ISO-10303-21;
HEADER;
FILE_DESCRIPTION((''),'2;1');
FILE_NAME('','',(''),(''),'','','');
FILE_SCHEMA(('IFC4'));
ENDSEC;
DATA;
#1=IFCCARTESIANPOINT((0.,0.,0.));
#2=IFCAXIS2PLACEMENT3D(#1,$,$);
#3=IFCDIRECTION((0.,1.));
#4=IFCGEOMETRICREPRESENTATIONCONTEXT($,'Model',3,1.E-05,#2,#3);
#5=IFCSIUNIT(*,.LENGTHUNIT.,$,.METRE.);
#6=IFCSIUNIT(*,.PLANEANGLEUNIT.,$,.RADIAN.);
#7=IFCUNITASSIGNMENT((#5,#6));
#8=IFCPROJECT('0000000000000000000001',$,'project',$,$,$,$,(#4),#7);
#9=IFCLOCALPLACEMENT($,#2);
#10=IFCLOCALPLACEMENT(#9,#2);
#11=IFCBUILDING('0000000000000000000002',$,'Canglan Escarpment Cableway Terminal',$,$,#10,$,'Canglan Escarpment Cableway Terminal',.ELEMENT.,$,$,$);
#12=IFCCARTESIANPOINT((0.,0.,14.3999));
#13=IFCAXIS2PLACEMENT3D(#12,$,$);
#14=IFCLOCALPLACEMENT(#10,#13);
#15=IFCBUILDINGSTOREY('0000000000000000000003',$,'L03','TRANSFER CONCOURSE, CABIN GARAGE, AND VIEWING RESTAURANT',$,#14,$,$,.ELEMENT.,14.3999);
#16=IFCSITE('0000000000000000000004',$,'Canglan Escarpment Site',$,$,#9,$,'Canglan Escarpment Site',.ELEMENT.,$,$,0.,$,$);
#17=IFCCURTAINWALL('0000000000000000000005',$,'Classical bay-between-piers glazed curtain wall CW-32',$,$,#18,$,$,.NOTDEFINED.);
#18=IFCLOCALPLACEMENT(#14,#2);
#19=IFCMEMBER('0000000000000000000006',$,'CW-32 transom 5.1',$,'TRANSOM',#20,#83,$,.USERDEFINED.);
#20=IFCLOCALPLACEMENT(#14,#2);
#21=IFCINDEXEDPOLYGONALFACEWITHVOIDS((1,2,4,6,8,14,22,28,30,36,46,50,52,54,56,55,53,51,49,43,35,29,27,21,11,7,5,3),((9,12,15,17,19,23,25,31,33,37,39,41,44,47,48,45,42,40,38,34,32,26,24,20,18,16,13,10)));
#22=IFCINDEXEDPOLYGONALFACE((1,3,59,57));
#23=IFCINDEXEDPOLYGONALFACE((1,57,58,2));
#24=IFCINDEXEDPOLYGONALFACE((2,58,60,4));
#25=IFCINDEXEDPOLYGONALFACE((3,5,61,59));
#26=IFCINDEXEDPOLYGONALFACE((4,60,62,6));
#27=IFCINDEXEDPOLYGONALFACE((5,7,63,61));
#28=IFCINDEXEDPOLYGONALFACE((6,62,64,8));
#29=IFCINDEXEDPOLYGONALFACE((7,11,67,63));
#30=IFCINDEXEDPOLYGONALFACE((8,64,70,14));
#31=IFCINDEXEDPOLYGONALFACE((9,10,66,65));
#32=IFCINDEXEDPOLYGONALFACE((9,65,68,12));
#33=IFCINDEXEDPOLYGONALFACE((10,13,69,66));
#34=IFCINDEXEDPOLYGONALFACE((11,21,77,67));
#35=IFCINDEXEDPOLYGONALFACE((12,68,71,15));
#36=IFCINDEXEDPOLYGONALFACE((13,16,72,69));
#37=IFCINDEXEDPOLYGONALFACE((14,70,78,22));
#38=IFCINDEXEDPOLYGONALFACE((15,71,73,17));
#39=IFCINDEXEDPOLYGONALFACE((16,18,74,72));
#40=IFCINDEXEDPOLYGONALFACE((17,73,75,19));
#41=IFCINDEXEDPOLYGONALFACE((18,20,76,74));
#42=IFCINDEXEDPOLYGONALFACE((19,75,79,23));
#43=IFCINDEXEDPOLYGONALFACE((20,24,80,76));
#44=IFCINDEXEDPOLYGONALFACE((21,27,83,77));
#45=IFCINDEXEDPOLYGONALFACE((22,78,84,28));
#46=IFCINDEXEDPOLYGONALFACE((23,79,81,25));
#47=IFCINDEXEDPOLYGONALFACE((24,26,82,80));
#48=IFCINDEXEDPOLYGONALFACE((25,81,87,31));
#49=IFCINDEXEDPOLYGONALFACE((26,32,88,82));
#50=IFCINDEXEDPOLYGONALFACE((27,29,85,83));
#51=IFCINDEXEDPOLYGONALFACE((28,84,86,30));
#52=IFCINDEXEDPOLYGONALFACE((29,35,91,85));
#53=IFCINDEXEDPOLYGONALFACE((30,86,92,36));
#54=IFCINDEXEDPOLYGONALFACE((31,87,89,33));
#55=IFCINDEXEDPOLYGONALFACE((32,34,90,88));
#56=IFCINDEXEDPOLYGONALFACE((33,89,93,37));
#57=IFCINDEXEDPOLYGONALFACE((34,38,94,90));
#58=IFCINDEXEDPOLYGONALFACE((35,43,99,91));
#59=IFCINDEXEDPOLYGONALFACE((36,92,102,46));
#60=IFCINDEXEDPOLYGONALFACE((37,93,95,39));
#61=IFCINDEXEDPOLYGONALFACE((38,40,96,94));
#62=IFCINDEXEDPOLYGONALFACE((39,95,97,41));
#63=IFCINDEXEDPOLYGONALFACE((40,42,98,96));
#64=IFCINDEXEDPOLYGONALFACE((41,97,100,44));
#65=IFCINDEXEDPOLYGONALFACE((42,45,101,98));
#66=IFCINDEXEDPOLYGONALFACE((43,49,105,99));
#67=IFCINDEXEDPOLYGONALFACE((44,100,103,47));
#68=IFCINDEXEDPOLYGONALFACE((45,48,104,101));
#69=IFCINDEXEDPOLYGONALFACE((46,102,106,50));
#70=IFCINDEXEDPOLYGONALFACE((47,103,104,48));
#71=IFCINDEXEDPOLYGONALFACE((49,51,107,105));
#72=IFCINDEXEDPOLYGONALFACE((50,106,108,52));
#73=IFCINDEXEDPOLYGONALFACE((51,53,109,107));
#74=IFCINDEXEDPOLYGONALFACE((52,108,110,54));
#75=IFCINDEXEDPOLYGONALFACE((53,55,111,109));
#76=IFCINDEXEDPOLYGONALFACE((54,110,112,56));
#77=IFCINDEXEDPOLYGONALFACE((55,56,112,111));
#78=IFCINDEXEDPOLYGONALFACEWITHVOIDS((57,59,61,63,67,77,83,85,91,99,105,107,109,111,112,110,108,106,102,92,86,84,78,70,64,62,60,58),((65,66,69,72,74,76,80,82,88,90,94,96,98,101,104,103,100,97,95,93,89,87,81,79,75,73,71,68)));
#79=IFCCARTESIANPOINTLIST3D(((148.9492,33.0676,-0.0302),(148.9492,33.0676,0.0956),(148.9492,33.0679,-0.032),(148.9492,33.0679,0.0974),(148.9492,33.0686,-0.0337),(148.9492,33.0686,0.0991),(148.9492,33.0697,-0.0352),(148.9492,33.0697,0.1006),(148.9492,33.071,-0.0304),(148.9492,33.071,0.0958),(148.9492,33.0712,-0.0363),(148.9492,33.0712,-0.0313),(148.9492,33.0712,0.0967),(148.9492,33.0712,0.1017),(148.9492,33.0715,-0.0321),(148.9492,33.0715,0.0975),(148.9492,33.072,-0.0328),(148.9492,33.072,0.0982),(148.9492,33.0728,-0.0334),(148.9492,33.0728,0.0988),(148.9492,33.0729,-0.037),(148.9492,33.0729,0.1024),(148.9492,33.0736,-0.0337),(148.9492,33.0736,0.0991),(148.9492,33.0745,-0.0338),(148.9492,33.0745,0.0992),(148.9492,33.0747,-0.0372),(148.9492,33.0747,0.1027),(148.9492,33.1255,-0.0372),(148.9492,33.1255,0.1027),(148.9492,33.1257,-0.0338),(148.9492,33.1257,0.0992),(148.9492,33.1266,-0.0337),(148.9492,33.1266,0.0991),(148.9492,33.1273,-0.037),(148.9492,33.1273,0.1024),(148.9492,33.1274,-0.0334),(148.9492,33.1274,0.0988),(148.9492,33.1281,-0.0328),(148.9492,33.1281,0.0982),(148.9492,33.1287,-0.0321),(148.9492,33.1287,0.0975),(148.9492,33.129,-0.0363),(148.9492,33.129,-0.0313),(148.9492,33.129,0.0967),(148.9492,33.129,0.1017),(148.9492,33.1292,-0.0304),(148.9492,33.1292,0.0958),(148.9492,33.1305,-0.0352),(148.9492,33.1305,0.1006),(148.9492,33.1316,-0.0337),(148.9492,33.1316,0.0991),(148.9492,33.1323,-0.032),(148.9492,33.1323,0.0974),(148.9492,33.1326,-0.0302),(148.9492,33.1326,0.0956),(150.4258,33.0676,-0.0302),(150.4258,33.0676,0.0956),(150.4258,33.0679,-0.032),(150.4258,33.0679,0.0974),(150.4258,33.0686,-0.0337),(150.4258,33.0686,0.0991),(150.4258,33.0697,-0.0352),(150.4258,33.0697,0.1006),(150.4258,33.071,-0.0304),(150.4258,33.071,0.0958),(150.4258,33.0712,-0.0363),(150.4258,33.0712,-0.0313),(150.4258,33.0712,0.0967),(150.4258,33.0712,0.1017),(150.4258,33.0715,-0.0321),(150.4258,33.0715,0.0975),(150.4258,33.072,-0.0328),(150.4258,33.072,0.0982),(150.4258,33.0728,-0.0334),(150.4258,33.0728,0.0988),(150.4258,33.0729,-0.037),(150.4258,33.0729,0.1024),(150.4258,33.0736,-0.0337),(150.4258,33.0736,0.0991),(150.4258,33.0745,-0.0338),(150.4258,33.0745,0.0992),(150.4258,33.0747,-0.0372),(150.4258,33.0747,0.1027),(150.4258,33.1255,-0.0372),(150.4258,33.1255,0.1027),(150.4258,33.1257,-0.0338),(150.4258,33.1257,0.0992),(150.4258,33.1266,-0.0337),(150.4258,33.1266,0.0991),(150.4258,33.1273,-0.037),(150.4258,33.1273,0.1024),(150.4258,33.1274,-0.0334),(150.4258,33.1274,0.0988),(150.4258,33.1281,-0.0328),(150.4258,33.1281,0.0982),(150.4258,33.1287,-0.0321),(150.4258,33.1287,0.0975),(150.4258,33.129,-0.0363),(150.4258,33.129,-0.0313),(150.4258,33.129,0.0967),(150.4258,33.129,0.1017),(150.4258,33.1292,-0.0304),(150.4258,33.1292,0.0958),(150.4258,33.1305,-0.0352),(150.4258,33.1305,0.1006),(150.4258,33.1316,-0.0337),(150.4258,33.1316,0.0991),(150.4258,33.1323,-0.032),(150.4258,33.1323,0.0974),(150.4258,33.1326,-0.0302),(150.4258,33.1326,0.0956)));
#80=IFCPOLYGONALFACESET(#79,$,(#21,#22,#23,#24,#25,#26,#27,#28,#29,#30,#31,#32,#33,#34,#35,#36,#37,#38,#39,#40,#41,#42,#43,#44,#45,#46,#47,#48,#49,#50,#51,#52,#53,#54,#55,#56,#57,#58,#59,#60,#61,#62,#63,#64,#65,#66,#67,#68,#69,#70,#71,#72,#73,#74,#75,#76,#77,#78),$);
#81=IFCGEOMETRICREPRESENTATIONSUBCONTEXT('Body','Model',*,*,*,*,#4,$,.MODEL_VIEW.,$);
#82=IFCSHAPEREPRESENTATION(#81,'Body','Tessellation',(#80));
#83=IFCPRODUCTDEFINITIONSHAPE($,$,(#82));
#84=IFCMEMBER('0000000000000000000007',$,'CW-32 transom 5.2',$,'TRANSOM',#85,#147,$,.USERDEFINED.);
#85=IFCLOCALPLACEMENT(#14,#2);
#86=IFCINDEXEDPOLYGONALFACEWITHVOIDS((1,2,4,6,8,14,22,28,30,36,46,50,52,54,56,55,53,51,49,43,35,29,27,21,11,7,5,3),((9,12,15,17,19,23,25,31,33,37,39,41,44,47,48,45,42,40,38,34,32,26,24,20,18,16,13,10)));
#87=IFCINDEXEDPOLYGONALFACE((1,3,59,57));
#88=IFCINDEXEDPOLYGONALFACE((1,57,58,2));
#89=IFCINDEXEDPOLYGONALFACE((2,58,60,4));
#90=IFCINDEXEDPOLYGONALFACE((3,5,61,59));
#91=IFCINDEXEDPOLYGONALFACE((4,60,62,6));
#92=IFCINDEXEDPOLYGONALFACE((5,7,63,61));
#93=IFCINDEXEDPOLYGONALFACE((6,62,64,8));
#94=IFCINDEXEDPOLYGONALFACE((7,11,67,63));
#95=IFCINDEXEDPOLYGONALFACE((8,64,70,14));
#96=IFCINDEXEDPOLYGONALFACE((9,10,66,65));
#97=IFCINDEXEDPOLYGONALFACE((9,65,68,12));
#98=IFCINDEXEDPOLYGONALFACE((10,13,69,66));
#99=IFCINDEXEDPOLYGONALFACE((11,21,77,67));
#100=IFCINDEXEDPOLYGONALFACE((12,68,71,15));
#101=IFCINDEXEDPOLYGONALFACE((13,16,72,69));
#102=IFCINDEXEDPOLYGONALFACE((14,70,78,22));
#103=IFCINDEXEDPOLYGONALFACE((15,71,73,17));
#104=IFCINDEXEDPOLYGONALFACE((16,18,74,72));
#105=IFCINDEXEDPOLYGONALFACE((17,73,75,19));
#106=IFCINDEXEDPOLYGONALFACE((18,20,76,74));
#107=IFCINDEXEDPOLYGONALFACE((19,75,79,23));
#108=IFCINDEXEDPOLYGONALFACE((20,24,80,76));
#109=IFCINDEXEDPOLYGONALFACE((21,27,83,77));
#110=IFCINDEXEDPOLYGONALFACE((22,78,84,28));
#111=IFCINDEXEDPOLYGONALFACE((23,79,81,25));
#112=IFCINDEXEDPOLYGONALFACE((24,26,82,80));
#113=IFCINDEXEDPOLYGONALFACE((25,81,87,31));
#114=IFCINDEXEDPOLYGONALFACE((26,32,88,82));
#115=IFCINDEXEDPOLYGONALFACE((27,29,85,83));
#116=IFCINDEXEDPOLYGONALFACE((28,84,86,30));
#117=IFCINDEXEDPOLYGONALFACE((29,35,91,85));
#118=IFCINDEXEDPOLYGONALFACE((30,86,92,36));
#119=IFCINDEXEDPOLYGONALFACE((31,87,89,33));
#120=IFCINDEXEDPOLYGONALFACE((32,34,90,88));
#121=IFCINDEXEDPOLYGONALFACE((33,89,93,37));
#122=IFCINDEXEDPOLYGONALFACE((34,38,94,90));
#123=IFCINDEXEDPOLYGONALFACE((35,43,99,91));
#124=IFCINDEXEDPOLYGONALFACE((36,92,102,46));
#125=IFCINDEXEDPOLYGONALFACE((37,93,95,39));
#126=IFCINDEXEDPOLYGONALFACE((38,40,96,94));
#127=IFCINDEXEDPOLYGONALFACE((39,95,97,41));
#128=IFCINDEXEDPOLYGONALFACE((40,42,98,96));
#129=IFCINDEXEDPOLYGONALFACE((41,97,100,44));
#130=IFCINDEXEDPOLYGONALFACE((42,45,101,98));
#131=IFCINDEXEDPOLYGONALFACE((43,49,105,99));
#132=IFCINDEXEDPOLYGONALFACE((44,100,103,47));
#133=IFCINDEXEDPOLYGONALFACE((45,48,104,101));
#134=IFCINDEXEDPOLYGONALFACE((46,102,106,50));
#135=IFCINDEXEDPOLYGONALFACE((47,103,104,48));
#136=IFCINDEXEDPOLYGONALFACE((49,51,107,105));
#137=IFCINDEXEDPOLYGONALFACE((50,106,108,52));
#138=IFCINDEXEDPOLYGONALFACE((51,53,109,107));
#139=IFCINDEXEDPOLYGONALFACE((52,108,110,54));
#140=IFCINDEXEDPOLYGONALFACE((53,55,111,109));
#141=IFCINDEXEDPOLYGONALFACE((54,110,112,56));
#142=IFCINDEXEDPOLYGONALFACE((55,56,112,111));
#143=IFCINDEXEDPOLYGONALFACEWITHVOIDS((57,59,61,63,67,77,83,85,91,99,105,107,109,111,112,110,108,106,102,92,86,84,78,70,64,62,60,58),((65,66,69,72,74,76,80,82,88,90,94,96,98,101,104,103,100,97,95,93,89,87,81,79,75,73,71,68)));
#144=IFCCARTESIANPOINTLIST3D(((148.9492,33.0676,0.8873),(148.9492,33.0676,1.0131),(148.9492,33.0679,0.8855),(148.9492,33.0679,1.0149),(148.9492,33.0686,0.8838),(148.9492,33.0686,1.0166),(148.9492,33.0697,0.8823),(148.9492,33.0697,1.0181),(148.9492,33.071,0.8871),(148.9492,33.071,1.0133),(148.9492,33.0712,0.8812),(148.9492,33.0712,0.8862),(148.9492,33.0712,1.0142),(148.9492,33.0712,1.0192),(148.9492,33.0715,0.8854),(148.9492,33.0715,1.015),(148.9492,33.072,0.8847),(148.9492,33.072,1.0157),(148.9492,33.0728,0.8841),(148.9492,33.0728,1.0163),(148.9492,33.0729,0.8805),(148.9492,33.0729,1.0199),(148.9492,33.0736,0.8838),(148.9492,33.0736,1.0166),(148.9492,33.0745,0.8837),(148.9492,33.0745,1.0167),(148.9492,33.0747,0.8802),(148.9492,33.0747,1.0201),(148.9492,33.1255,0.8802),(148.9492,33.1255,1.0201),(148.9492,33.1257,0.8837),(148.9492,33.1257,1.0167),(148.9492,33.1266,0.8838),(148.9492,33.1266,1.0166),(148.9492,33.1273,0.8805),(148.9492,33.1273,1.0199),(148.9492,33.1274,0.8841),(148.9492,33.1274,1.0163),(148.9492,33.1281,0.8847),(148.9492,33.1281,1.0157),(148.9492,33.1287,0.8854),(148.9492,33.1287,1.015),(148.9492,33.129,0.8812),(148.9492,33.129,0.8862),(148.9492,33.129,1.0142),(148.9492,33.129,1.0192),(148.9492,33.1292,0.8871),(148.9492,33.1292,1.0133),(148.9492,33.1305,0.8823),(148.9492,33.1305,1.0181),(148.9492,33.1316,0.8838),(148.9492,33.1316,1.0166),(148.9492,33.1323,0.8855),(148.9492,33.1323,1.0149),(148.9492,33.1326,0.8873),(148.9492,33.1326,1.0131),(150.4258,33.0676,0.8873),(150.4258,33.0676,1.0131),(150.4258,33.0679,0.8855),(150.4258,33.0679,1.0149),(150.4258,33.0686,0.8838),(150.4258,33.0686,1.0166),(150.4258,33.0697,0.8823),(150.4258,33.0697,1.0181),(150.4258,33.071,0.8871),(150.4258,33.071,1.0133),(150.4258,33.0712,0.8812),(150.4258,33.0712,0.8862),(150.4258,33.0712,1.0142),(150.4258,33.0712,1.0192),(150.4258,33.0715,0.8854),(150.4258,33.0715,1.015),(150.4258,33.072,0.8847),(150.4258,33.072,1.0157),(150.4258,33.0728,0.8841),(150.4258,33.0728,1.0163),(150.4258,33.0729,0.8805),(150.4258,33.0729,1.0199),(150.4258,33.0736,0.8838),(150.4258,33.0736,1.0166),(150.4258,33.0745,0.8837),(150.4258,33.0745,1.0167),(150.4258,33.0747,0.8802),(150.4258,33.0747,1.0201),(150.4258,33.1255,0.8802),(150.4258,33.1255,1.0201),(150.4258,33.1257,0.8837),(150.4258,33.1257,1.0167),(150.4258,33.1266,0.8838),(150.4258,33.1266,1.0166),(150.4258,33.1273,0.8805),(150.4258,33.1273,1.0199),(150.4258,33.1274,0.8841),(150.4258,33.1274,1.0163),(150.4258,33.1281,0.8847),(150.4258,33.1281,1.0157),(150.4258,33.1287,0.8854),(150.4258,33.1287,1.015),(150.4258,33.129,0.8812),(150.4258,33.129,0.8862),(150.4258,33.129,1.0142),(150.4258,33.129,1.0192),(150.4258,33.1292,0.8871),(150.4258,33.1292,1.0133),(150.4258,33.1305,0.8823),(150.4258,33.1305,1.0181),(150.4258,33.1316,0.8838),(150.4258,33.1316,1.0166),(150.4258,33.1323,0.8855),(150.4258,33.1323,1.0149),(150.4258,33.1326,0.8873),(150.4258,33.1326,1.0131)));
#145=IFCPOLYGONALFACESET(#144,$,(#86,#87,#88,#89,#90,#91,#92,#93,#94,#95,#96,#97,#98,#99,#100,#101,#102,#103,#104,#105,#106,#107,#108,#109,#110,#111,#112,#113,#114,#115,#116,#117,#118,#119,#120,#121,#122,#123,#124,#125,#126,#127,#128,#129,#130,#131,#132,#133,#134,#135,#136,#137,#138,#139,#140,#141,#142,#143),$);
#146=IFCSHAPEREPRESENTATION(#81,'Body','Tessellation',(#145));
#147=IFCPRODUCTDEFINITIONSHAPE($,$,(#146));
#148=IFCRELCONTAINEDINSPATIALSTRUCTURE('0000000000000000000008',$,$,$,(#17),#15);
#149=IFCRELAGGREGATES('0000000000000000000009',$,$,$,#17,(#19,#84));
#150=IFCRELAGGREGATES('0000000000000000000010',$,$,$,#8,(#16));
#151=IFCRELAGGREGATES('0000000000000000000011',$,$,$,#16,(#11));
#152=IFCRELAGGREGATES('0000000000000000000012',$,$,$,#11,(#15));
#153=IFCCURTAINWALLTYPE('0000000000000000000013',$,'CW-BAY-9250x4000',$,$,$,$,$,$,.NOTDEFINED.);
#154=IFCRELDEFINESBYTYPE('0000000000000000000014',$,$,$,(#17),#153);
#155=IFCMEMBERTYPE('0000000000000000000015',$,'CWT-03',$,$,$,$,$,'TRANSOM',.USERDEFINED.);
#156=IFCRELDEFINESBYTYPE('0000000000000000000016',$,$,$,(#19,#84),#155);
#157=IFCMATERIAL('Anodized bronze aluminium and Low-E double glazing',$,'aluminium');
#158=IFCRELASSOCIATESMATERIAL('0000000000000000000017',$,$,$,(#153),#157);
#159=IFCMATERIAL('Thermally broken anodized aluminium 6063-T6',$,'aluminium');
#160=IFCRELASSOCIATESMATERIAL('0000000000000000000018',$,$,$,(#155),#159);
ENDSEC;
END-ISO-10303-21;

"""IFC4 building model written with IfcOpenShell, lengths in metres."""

from ifc_helpers import new_model, si_unit, direction, frame, origin, origin_2d, place, context, subcontext, project, spatial, hollow_rectangle, extrude, material, material_profile, profile_set, type_object, element, aggregate, save


model = new_model("IFC4")

# Units and contexts
model_context = context("Model", 3, precision=1e-05, world=origin(), true_north=direction((0.0, 1.0)))
body_context = subcontext(model_context, "Body", "Model", "MODEL_VIEW")
ifc_project = project(units=[si_unit("LENGTHUNIT", "METRE"), si_unit("PLANEANGLEUNIT", "RADIAN")], contexts=[model_context])

# Site, building, storey
site_placement = place(None, origin())
site = spatial("IfcSite", under=ifc_project, at=site_placement, Name="Canglan Escarpment Site", LongName="Canglan Escarpment Site", CompositionType="ELEMENT", RefElevation=0.0)
building_placement = place(site_placement, origin())
building = spatial("IfcBuilding", under=site, at=building_placement, Name="Canglan Escarpment Cableway Terminal", LongName="Canglan Escarpment Cableway Terminal", CompositionType="ELEMENT")
storey_placement = place(building_placement, frame((0.0, 0.0, 14.3999)))
storey = spatial("IfcBuildingStorey", under=building, at=storey_placement, Name="L03", Description="TRANSFER CONCOURSE, CABIN GARAGE, AND VIEWING RESTAURANT", CompositionType="ELEMENT", Elevation=14.3999)

# Curtain wall, members
ifc_material_1 = material(Name="Anodized bronze aluminium and Low-E double glazing", Category="aluminium")
curtain_wall_type = type_object("IfcCurtainWallType", Name="CW-BAY-9250x4000", PredefinedType="NOTDEFINED", material=ifc_material_1)
curtain_wall_placement = place(storey_placement, origin())
curtain_wall = element("IfcCurtainWall", 1, at=curtain_wall_placement, inside=storey, type_object=curtain_wall_type, Name="Classical bay-between-piers glazed curtain wall CW-32", PredefinedType="NOTDEFINED")
ifc_material_2 = material(Name="Thermally broken anodized aluminium 6063-T6", Category="aluminium")
ifc_material_profile_1 = material_profile(ifc_material_2, hollow_rectangle(XDim=0.0649, YDim=0.1399, WallThickness=0.0034, InnerFilletRadius=0.0034, OuterFilletRadius=0.0071, at=origin_2d()), Name="ALU-TRAN 65x140x3.5")
ifc_profile_set_1 = profile_set([ifc_material_profile_1], Name="Thermally broken anodized aluminium 6063-T6")
member_type_1 = type_object("IfcMemberType", Name="CWT-03", ElementType="TRANSOM", PredefinedType="USERDEFINED", material=ifc_profile_set_1)
member_1_placement = place(storey_placement, frame((150.4258, 33.1001, 0.0327), z_axis=(-1.0, 0.0, 0.0), x_axis=(0.0, -1.0, 0.0)))
member_1 = element("IfcMember", 2, at=member_1_placement, type_object=member_type_1, Name="CW-32 transom 5.1", ObjectType="TRANSOM", PredefinedType="USERDEFINED", context=body_context, shape_type="SweptSolid", body=[
    extrude(hollow_rectangle(XDim=0.0649, YDim=0.1399, WallThickness=0.0034, InnerFilletRadius=0.0034, OuterFilletRadius=0.0071, at=origin_2d()), origin(), (0.0, 0.0, 1.0), 1.4766),
])
member_2_placement = place(storey_placement, frame((150.4258, 33.1001, 0.9502), z_axis=(-1.0, 0.0, 0.0), x_axis=(0.0, -1.0, 0.0)))
member_2 = element("IfcMember", 3, at=member_2_placement, type_object=member_type_1, Name="CW-32 transom 5.2", ObjectType="TRANSOM", PredefinedType="USERDEFINED", context=body_context, shape_type="SweptSolid", body=[
    extrude(hollow_rectangle(XDim=0.0649, YDim=0.1399, WallThickness=0.0034, InnerFilletRadius=0.0034, OuterFilletRadius=0.0071, at=origin_2d()), origin(), (0.0, 0.0, 1.0), 1.4766),
])
aggregate(curtain_wall, [member_1, member_2])

save(model, "model.ifc")
